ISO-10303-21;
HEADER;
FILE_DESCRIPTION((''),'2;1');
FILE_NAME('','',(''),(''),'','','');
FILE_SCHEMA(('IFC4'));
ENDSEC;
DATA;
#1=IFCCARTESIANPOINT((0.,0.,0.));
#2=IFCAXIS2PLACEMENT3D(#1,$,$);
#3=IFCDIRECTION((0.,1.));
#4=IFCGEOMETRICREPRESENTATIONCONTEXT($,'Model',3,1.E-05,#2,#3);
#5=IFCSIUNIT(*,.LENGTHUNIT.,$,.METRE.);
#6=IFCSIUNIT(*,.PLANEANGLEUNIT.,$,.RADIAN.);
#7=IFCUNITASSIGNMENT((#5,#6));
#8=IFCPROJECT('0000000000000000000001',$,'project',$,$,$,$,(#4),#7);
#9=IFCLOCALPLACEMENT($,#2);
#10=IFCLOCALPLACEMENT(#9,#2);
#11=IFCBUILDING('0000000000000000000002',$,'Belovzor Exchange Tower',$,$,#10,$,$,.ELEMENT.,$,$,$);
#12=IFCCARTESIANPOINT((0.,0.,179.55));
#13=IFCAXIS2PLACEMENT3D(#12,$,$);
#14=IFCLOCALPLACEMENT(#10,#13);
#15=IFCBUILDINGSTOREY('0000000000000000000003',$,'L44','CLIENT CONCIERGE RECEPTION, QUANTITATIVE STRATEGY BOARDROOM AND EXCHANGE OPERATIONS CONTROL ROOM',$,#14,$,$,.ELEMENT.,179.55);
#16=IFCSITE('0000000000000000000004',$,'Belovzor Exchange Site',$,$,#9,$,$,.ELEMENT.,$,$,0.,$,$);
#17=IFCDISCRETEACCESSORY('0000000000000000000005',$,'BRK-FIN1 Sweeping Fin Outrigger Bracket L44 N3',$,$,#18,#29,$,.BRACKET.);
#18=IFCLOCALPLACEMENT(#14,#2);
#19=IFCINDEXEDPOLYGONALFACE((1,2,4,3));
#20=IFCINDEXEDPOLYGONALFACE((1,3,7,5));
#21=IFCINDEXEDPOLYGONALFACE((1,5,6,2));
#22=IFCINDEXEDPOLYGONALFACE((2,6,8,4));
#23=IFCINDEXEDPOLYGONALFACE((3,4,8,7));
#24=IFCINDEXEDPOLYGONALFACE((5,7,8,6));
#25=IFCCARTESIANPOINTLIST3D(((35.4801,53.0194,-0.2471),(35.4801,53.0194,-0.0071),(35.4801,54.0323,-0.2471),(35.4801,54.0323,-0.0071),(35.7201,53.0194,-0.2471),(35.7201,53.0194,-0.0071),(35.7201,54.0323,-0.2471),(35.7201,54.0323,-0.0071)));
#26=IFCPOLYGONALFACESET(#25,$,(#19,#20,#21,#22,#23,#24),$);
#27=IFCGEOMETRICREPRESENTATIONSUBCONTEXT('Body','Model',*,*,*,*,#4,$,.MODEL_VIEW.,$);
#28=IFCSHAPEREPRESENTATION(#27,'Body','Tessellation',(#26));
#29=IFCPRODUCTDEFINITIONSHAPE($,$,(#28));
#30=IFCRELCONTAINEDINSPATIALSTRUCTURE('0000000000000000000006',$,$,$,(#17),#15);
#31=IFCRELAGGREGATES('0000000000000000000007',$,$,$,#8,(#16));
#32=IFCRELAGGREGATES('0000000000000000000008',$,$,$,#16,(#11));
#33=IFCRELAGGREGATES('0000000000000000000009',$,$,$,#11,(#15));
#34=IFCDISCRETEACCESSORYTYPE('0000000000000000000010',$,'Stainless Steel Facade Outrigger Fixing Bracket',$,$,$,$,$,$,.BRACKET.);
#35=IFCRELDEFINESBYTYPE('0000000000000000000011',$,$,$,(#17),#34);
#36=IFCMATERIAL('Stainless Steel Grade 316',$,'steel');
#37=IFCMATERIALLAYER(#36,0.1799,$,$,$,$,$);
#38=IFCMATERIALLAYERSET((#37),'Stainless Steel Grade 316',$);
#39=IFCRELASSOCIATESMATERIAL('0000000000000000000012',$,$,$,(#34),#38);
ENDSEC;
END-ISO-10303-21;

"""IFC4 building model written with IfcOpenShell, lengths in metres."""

from ifc_helpers import new_model, si_unit, direction, frame, origin, origin_2d, place, context, subcontext, project, spatial, rectangle, extrude, material, layer, layer_set, type_object, element, save


model = new_model("IFC4")

# Units and contexts
model_context = context("Model", 3, precision=1e-05, world=origin(), true_north=direction((0.0, 1.0)))
body_context = subcontext(model_context, "Body", "Model", "MODEL_VIEW")
ifc_project = project(units=[si_unit("LENGTHUNIT", "METRE"), si_unit("PLANEANGLEUNIT", "RADIAN")], contexts=[model_context])

# Site, building, storey
site_placement = place(None, origin())
site = spatial("IfcSite", under=ifc_project, at=site_placement, Name="Belovzor Exchange Site", CompositionType="ELEMENT", RefElevation=0.0)
building_placement = place(site_placement, origin())
building = spatial("IfcBuilding", under=site, at=building_placement, Name="Belovzor Exchange Tower", CompositionType="ELEMENT")
storey_placement = place(building_placement, frame((0.0, 0.0, 179.55)))
storey = spatial("IfcBuildingStorey", under=building, at=storey_placement, Name="L44", Description="CLIENT CONCIERGE RECEPTION, QUANTITATIVE STRATEGY BOARDROOM AND EXCHANGE OPERATIONS CONTROL ROOM", CompositionType="ELEMENT", Elevation=179.55)

# Discrete accessory
ifc_material_1 = material(Name="Stainless Steel Grade 316", Category="steel")
ifc_layer_1 = layer(ifc_material_1, 0.1799)
ifc_layer_set_1 = layer_set([ifc_layer_1], Name="Stainless Steel Grade 316")
discrete_accessory_type = type_object("IfcDiscreteAccessoryType", Name="Stainless Steel Facade Outrigger Fixing Bracket", PredefinedType="BRACKET", material=ifc_layer_set_1)
discrete_accessory_placement = place(storey_placement, frame((35.6001, 53.5259, -0.2471), z_axis=(0.0, 0.0, 1.0), x_axis=(0.0, 1.0, 0.0)))
element("IfcDiscreteAccessory", 1, at=discrete_accessory_placement, inside=storey, type_object=discrete_accessory_type, Name="BRK-FIN1 Sweeping Fin Outrigger Bracket L44 N3", PredefinedType="BRACKET", context=body_context, shape_type="SweptSolid", body=[
    extrude(rectangle(XDim=1.0129, YDim=0.24, at=origin_2d()), origin(), (0.0, 0.0, 1.0), 0.24),
])

save(model, "model.ifc")
